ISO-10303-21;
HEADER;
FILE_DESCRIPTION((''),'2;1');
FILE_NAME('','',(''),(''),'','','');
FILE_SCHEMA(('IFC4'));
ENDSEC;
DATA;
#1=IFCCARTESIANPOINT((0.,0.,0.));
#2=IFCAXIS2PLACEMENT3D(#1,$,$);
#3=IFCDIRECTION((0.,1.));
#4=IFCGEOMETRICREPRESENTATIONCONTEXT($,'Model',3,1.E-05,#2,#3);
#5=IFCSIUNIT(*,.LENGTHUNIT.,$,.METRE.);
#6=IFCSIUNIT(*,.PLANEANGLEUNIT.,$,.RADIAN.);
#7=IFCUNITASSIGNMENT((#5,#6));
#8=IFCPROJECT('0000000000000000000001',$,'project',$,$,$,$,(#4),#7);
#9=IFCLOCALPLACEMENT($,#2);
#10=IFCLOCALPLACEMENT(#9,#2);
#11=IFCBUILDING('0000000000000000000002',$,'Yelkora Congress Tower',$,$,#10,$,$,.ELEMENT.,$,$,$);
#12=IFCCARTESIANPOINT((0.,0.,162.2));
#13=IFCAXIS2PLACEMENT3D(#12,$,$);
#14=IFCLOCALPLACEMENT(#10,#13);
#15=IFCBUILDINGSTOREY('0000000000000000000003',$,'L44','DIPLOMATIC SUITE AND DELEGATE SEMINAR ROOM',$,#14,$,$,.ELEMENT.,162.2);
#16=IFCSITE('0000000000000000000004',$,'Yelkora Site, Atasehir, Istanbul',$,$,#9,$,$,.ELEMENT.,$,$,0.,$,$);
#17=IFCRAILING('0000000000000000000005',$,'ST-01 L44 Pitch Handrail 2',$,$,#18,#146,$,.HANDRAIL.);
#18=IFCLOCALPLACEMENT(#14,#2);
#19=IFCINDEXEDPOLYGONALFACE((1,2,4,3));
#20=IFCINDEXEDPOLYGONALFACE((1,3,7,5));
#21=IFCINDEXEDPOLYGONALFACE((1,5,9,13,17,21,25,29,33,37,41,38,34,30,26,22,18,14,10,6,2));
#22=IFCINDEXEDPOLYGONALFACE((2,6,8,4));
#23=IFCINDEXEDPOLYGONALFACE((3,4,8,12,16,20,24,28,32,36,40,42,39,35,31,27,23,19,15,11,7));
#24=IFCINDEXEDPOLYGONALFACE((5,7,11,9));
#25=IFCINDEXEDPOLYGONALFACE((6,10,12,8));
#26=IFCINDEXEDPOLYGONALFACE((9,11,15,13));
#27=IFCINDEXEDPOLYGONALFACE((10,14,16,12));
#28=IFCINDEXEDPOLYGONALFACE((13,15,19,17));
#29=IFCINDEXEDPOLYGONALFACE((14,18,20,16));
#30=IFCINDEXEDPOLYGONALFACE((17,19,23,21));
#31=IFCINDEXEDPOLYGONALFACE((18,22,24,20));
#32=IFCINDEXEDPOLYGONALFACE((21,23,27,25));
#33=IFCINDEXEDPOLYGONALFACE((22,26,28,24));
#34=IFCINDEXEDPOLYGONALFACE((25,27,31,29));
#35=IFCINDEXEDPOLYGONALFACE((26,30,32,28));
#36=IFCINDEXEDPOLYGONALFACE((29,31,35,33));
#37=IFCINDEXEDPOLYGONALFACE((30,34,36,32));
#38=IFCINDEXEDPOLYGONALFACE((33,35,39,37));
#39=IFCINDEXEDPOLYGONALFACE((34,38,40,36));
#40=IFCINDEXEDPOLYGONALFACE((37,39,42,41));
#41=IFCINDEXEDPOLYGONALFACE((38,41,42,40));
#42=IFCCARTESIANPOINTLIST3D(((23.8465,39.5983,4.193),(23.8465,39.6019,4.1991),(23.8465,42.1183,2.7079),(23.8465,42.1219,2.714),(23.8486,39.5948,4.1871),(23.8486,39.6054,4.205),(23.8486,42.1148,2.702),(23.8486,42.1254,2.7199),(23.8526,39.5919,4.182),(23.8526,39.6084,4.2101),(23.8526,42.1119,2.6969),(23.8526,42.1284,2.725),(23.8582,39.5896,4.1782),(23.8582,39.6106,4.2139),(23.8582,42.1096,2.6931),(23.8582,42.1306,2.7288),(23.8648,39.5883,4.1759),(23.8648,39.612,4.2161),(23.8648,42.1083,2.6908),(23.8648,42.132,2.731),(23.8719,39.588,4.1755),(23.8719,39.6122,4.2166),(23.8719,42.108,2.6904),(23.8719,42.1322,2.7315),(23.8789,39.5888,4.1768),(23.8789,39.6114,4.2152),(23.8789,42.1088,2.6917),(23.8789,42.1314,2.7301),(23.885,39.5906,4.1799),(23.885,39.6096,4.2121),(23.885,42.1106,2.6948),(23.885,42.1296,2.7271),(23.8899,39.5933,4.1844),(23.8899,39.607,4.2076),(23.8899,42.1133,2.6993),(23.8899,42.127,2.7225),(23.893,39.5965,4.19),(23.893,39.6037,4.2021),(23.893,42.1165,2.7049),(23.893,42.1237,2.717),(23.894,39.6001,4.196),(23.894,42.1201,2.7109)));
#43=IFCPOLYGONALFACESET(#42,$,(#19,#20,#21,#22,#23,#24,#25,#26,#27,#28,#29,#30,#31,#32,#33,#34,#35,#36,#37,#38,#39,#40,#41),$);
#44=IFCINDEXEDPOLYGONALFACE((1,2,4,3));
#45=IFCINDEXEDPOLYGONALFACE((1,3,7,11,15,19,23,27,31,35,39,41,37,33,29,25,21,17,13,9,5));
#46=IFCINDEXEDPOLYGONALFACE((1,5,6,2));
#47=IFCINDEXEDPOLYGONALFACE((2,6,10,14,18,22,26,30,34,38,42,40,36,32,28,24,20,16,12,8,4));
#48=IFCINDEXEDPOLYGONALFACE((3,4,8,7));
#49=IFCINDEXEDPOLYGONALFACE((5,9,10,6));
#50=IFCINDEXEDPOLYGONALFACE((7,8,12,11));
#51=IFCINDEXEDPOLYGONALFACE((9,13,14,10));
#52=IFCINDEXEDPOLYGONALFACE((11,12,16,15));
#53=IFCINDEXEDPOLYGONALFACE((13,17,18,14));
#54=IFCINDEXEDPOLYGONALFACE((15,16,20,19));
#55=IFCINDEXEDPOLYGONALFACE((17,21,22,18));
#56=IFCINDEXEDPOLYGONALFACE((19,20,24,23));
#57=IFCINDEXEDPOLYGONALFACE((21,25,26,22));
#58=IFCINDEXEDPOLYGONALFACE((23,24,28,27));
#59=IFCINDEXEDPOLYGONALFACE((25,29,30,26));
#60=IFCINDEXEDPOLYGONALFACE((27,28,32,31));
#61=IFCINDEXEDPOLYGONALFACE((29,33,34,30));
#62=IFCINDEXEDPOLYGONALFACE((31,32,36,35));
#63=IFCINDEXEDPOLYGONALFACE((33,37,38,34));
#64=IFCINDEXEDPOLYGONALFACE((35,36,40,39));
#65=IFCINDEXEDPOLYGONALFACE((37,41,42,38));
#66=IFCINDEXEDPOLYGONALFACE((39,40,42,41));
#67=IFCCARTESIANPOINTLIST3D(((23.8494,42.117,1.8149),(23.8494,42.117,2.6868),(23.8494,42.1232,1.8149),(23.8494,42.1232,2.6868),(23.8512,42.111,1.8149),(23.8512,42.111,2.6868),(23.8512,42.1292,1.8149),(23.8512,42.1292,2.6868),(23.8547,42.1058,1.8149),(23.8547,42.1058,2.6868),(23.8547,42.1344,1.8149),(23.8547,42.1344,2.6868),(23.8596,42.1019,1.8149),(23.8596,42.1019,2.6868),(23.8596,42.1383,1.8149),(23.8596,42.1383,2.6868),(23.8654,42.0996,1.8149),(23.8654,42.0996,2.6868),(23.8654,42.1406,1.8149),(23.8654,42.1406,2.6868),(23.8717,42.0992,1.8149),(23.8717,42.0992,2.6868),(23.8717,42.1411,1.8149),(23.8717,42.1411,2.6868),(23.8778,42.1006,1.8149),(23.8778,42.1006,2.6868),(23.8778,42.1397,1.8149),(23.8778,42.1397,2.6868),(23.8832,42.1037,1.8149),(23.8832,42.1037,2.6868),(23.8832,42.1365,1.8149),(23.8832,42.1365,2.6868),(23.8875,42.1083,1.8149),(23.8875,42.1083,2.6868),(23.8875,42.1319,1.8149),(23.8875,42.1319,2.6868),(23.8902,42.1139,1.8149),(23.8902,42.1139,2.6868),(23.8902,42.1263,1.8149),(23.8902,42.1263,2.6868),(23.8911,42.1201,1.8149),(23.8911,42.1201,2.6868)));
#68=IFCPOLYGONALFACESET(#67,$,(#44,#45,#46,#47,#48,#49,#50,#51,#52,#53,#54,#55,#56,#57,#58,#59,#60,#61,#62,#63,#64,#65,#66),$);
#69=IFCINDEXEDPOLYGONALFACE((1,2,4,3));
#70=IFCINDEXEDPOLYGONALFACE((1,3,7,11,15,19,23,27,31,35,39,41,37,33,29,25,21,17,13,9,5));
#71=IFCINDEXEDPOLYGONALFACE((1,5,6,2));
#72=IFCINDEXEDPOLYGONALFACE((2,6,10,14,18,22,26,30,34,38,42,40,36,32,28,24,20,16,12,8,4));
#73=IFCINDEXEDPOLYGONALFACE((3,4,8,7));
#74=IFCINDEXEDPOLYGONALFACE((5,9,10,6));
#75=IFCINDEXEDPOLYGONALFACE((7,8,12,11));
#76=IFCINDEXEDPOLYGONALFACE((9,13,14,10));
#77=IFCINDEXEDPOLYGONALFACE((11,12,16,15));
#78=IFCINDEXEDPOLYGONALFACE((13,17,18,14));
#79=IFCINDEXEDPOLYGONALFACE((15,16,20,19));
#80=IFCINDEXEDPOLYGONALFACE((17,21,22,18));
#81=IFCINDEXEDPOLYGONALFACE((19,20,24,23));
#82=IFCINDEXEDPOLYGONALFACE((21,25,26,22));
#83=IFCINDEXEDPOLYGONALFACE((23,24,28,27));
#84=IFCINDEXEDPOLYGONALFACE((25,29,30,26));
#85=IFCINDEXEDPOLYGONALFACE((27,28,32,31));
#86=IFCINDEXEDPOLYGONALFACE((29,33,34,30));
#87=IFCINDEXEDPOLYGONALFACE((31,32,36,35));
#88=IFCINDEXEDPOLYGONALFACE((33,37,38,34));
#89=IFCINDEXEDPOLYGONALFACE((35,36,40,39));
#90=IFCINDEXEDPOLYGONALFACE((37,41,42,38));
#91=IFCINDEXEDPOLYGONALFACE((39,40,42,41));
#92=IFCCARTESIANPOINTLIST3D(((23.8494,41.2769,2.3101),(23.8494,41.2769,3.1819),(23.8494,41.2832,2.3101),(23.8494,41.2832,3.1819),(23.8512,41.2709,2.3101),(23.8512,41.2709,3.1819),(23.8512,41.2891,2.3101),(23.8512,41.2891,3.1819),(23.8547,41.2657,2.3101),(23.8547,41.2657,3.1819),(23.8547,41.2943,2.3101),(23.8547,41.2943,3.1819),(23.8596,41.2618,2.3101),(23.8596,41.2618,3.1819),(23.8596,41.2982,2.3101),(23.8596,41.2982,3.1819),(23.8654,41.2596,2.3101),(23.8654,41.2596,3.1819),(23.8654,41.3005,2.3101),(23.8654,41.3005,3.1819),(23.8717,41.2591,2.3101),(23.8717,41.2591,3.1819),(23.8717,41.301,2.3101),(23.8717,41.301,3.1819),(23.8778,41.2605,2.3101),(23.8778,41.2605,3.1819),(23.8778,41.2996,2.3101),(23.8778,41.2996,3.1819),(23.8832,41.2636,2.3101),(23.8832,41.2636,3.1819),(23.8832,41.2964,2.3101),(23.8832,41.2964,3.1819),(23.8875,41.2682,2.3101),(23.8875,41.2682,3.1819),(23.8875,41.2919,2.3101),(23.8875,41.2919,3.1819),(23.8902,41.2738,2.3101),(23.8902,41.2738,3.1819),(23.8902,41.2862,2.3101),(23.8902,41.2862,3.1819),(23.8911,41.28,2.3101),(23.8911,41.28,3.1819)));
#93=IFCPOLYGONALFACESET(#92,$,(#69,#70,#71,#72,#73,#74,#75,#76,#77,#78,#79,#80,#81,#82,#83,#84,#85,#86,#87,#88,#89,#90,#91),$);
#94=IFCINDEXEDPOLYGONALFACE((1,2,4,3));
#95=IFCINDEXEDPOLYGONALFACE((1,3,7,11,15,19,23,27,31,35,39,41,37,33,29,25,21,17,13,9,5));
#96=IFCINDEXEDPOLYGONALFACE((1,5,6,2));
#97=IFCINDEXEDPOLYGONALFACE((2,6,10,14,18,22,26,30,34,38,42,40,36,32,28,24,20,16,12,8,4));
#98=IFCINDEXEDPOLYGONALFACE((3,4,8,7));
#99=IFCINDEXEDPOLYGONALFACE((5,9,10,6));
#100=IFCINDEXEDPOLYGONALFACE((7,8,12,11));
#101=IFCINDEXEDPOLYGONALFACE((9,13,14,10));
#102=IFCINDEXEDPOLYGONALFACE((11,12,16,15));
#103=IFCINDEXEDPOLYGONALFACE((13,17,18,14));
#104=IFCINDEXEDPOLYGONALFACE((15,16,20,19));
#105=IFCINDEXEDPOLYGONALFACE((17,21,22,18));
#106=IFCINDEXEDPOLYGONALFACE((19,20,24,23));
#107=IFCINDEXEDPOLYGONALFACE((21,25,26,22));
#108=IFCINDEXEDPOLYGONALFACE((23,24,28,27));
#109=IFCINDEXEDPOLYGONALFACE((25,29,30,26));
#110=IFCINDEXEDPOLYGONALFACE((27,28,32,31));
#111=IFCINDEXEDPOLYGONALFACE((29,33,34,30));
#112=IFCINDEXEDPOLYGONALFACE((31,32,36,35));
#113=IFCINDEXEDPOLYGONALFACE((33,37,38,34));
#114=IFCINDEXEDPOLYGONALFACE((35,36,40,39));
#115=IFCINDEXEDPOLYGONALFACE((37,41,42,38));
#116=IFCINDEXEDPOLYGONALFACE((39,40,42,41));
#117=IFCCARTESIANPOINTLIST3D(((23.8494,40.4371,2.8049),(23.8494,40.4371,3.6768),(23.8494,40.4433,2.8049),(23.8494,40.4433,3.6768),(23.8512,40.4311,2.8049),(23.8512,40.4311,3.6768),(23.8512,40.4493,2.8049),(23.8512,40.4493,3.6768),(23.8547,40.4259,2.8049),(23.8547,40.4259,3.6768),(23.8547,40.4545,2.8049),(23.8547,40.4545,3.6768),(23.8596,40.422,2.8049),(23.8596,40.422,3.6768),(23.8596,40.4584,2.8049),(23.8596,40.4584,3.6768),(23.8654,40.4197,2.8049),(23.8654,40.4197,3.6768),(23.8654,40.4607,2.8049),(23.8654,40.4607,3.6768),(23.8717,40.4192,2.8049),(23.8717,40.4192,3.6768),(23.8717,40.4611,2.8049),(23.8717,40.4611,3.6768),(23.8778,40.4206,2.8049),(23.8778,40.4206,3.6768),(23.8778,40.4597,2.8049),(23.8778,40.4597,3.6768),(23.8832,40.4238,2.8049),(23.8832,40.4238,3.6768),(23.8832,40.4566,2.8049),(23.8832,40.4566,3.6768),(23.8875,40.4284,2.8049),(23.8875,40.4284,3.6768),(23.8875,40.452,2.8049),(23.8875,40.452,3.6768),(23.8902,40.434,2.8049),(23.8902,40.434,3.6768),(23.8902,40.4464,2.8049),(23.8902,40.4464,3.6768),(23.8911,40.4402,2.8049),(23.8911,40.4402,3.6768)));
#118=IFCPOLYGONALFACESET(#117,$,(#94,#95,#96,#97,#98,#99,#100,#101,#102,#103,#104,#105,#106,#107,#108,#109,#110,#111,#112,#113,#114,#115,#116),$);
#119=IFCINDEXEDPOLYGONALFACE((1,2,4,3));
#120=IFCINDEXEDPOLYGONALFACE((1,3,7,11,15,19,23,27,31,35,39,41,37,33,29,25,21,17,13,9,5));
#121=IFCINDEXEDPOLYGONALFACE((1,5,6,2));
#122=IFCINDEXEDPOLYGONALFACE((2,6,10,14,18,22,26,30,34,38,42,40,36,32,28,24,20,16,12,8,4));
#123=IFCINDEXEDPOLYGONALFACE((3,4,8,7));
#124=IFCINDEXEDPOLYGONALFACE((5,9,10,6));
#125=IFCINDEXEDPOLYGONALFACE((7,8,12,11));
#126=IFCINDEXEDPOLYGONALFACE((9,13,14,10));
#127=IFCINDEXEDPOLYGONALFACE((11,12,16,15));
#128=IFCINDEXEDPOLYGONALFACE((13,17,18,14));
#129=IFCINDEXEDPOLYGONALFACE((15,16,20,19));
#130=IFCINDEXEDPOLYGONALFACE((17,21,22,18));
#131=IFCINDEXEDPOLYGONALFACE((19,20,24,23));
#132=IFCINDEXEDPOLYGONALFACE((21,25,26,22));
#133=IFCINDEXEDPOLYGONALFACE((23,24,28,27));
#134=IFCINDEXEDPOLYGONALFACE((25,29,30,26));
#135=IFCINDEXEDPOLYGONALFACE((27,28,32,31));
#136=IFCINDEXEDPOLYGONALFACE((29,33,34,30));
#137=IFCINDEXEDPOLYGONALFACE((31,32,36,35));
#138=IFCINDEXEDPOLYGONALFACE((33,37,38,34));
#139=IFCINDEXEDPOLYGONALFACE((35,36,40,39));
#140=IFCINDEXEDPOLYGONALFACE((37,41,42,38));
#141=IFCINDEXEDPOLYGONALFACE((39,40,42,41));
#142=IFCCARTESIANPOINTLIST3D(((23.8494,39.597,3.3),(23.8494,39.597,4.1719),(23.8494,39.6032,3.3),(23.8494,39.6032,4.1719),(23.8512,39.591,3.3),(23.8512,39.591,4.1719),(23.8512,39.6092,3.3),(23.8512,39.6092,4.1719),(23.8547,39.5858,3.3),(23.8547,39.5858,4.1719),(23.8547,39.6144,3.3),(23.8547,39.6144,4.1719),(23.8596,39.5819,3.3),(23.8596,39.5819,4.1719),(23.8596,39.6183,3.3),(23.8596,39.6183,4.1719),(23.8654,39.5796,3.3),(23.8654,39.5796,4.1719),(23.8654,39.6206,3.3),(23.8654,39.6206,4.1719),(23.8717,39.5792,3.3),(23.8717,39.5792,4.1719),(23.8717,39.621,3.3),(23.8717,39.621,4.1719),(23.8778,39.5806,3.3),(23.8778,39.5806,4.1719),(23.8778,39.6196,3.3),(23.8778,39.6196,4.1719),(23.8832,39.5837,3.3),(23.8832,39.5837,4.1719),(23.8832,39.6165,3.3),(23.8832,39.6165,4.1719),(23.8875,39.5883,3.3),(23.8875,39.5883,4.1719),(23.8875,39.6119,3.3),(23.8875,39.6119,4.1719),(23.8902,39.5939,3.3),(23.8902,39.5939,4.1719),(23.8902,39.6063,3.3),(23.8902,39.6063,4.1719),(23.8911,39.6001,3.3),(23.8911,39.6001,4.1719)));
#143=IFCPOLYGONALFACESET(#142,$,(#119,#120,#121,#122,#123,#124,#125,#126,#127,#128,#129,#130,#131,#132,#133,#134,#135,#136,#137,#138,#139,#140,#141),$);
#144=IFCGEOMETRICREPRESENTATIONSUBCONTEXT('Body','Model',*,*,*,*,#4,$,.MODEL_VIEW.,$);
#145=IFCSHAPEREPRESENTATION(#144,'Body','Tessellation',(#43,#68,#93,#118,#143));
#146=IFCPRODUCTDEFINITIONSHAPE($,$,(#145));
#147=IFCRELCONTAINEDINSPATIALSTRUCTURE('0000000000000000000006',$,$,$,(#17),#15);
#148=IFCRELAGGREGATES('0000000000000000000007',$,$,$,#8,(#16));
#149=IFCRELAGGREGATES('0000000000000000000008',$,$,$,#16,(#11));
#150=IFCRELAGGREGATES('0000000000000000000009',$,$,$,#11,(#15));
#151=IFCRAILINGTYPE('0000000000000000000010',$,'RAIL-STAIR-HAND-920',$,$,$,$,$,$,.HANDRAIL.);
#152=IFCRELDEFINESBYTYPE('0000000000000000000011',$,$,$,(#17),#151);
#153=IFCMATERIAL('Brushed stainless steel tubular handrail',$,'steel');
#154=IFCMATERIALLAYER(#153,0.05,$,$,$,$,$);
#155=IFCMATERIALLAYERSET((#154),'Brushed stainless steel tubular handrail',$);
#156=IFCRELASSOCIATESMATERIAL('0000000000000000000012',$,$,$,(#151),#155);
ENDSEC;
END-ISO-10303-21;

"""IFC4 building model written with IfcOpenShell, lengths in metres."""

from ifc_helpers import new_model, si_unit, direction, frame, origin, origin_2d, place, context, subcontext, project, spatial, circle, extrude, material, layer, layer_set, type_object, element, save


model = new_model("IFC4")

# Units and contexts
model_context = context("Model", 3, precision=1e-05, world=origin(), true_north=direction((0.0, 1.0)))
body_context = subcontext(model_context, "Body", "Model", "MODEL_VIEW")
ifc_project = project(units=[si_unit("LENGTHUNIT", "METRE"), si_unit("PLANEANGLEUNIT", "RADIAN")], contexts=[model_context])

# Site, building, storey
site_placement = place(None, origin())
site = spatial("IfcSite", under=ifc_project, at=site_placement, Name="Yelkora Site, Atasehir, Istanbul", CompositionType="ELEMENT", RefElevation=0.0)
building_placement = place(site_placement, origin())
building = spatial("IfcBuilding", under=site, at=building_placement, Name="Yelkora Congress Tower", CompositionType="ELEMENT")
storey_placement = place(building_placement, frame((0.0, 0.0, 162.2)))
storey = spatial("IfcBuildingStorey", under=building, at=storey_placement, Name="L44", Description="DIPLOMATIC SUITE AND DELEGATE SEMINAR ROOM", CompositionType="ELEMENT", Elevation=162.2)

# Railing
ifc_material_1 = material(Name="Brushed stainless steel tubular handrail", Category="steel")
ifc_layer_1 = layer(ifc_material_1, 0.05)
ifc_layer_set_1 = layer_set([ifc_layer_1], Name="Brushed stainless steel tubular handrail")
railing_type_1 = type_object("IfcRailingType", Name="RAIL-STAIR-HAND-920", PredefinedType="HANDRAIL", material=ifc_layer_set_1)
railing_1_placement = place(storey_placement, frame((23.8701, 42.1201, 1.8149)))
element("IfcRailing", 1, at=railing_1_placement, inside=storey, type_object=railing_type_1, Name="ST-01 L44 Pitch Handrail 2", PredefinedType="HANDRAIL", context=body_context, shape_type="SweptSolid", body=[
    extrude(circle(Radius=0.0239, at=origin_2d()), frame((0.0, 0.0, 0.896), z_axis=(0.0, -0.861524, 0.507717), x_axis=(1.0, 0.0, 0.0)), (0.0, 0.0, 1.0), 2.925),
    extrude(circle(Radius=0.021, at=origin_2d()), origin(), (0.0, 0.0, 1.0), 0.8718),
    extrude(circle(Radius=0.021, at=origin_2d()), frame((0.0, -0.8401, 0.4951)), (0.0, 0.0, 1.0), 0.8718),
    extrude(circle(Radius=0.021, at=origin_2d()), frame((0.0, -1.6799, 0.99)), (0.0, 0.0, 1.0), 0.8718),
    extrude(circle(Radius=0.021, at=origin_2d()), frame((0.0, -2.52, 1.4851)), (0.0, 0.0, 1.0), 0.8718),
])

save(model, "model.ifc")
